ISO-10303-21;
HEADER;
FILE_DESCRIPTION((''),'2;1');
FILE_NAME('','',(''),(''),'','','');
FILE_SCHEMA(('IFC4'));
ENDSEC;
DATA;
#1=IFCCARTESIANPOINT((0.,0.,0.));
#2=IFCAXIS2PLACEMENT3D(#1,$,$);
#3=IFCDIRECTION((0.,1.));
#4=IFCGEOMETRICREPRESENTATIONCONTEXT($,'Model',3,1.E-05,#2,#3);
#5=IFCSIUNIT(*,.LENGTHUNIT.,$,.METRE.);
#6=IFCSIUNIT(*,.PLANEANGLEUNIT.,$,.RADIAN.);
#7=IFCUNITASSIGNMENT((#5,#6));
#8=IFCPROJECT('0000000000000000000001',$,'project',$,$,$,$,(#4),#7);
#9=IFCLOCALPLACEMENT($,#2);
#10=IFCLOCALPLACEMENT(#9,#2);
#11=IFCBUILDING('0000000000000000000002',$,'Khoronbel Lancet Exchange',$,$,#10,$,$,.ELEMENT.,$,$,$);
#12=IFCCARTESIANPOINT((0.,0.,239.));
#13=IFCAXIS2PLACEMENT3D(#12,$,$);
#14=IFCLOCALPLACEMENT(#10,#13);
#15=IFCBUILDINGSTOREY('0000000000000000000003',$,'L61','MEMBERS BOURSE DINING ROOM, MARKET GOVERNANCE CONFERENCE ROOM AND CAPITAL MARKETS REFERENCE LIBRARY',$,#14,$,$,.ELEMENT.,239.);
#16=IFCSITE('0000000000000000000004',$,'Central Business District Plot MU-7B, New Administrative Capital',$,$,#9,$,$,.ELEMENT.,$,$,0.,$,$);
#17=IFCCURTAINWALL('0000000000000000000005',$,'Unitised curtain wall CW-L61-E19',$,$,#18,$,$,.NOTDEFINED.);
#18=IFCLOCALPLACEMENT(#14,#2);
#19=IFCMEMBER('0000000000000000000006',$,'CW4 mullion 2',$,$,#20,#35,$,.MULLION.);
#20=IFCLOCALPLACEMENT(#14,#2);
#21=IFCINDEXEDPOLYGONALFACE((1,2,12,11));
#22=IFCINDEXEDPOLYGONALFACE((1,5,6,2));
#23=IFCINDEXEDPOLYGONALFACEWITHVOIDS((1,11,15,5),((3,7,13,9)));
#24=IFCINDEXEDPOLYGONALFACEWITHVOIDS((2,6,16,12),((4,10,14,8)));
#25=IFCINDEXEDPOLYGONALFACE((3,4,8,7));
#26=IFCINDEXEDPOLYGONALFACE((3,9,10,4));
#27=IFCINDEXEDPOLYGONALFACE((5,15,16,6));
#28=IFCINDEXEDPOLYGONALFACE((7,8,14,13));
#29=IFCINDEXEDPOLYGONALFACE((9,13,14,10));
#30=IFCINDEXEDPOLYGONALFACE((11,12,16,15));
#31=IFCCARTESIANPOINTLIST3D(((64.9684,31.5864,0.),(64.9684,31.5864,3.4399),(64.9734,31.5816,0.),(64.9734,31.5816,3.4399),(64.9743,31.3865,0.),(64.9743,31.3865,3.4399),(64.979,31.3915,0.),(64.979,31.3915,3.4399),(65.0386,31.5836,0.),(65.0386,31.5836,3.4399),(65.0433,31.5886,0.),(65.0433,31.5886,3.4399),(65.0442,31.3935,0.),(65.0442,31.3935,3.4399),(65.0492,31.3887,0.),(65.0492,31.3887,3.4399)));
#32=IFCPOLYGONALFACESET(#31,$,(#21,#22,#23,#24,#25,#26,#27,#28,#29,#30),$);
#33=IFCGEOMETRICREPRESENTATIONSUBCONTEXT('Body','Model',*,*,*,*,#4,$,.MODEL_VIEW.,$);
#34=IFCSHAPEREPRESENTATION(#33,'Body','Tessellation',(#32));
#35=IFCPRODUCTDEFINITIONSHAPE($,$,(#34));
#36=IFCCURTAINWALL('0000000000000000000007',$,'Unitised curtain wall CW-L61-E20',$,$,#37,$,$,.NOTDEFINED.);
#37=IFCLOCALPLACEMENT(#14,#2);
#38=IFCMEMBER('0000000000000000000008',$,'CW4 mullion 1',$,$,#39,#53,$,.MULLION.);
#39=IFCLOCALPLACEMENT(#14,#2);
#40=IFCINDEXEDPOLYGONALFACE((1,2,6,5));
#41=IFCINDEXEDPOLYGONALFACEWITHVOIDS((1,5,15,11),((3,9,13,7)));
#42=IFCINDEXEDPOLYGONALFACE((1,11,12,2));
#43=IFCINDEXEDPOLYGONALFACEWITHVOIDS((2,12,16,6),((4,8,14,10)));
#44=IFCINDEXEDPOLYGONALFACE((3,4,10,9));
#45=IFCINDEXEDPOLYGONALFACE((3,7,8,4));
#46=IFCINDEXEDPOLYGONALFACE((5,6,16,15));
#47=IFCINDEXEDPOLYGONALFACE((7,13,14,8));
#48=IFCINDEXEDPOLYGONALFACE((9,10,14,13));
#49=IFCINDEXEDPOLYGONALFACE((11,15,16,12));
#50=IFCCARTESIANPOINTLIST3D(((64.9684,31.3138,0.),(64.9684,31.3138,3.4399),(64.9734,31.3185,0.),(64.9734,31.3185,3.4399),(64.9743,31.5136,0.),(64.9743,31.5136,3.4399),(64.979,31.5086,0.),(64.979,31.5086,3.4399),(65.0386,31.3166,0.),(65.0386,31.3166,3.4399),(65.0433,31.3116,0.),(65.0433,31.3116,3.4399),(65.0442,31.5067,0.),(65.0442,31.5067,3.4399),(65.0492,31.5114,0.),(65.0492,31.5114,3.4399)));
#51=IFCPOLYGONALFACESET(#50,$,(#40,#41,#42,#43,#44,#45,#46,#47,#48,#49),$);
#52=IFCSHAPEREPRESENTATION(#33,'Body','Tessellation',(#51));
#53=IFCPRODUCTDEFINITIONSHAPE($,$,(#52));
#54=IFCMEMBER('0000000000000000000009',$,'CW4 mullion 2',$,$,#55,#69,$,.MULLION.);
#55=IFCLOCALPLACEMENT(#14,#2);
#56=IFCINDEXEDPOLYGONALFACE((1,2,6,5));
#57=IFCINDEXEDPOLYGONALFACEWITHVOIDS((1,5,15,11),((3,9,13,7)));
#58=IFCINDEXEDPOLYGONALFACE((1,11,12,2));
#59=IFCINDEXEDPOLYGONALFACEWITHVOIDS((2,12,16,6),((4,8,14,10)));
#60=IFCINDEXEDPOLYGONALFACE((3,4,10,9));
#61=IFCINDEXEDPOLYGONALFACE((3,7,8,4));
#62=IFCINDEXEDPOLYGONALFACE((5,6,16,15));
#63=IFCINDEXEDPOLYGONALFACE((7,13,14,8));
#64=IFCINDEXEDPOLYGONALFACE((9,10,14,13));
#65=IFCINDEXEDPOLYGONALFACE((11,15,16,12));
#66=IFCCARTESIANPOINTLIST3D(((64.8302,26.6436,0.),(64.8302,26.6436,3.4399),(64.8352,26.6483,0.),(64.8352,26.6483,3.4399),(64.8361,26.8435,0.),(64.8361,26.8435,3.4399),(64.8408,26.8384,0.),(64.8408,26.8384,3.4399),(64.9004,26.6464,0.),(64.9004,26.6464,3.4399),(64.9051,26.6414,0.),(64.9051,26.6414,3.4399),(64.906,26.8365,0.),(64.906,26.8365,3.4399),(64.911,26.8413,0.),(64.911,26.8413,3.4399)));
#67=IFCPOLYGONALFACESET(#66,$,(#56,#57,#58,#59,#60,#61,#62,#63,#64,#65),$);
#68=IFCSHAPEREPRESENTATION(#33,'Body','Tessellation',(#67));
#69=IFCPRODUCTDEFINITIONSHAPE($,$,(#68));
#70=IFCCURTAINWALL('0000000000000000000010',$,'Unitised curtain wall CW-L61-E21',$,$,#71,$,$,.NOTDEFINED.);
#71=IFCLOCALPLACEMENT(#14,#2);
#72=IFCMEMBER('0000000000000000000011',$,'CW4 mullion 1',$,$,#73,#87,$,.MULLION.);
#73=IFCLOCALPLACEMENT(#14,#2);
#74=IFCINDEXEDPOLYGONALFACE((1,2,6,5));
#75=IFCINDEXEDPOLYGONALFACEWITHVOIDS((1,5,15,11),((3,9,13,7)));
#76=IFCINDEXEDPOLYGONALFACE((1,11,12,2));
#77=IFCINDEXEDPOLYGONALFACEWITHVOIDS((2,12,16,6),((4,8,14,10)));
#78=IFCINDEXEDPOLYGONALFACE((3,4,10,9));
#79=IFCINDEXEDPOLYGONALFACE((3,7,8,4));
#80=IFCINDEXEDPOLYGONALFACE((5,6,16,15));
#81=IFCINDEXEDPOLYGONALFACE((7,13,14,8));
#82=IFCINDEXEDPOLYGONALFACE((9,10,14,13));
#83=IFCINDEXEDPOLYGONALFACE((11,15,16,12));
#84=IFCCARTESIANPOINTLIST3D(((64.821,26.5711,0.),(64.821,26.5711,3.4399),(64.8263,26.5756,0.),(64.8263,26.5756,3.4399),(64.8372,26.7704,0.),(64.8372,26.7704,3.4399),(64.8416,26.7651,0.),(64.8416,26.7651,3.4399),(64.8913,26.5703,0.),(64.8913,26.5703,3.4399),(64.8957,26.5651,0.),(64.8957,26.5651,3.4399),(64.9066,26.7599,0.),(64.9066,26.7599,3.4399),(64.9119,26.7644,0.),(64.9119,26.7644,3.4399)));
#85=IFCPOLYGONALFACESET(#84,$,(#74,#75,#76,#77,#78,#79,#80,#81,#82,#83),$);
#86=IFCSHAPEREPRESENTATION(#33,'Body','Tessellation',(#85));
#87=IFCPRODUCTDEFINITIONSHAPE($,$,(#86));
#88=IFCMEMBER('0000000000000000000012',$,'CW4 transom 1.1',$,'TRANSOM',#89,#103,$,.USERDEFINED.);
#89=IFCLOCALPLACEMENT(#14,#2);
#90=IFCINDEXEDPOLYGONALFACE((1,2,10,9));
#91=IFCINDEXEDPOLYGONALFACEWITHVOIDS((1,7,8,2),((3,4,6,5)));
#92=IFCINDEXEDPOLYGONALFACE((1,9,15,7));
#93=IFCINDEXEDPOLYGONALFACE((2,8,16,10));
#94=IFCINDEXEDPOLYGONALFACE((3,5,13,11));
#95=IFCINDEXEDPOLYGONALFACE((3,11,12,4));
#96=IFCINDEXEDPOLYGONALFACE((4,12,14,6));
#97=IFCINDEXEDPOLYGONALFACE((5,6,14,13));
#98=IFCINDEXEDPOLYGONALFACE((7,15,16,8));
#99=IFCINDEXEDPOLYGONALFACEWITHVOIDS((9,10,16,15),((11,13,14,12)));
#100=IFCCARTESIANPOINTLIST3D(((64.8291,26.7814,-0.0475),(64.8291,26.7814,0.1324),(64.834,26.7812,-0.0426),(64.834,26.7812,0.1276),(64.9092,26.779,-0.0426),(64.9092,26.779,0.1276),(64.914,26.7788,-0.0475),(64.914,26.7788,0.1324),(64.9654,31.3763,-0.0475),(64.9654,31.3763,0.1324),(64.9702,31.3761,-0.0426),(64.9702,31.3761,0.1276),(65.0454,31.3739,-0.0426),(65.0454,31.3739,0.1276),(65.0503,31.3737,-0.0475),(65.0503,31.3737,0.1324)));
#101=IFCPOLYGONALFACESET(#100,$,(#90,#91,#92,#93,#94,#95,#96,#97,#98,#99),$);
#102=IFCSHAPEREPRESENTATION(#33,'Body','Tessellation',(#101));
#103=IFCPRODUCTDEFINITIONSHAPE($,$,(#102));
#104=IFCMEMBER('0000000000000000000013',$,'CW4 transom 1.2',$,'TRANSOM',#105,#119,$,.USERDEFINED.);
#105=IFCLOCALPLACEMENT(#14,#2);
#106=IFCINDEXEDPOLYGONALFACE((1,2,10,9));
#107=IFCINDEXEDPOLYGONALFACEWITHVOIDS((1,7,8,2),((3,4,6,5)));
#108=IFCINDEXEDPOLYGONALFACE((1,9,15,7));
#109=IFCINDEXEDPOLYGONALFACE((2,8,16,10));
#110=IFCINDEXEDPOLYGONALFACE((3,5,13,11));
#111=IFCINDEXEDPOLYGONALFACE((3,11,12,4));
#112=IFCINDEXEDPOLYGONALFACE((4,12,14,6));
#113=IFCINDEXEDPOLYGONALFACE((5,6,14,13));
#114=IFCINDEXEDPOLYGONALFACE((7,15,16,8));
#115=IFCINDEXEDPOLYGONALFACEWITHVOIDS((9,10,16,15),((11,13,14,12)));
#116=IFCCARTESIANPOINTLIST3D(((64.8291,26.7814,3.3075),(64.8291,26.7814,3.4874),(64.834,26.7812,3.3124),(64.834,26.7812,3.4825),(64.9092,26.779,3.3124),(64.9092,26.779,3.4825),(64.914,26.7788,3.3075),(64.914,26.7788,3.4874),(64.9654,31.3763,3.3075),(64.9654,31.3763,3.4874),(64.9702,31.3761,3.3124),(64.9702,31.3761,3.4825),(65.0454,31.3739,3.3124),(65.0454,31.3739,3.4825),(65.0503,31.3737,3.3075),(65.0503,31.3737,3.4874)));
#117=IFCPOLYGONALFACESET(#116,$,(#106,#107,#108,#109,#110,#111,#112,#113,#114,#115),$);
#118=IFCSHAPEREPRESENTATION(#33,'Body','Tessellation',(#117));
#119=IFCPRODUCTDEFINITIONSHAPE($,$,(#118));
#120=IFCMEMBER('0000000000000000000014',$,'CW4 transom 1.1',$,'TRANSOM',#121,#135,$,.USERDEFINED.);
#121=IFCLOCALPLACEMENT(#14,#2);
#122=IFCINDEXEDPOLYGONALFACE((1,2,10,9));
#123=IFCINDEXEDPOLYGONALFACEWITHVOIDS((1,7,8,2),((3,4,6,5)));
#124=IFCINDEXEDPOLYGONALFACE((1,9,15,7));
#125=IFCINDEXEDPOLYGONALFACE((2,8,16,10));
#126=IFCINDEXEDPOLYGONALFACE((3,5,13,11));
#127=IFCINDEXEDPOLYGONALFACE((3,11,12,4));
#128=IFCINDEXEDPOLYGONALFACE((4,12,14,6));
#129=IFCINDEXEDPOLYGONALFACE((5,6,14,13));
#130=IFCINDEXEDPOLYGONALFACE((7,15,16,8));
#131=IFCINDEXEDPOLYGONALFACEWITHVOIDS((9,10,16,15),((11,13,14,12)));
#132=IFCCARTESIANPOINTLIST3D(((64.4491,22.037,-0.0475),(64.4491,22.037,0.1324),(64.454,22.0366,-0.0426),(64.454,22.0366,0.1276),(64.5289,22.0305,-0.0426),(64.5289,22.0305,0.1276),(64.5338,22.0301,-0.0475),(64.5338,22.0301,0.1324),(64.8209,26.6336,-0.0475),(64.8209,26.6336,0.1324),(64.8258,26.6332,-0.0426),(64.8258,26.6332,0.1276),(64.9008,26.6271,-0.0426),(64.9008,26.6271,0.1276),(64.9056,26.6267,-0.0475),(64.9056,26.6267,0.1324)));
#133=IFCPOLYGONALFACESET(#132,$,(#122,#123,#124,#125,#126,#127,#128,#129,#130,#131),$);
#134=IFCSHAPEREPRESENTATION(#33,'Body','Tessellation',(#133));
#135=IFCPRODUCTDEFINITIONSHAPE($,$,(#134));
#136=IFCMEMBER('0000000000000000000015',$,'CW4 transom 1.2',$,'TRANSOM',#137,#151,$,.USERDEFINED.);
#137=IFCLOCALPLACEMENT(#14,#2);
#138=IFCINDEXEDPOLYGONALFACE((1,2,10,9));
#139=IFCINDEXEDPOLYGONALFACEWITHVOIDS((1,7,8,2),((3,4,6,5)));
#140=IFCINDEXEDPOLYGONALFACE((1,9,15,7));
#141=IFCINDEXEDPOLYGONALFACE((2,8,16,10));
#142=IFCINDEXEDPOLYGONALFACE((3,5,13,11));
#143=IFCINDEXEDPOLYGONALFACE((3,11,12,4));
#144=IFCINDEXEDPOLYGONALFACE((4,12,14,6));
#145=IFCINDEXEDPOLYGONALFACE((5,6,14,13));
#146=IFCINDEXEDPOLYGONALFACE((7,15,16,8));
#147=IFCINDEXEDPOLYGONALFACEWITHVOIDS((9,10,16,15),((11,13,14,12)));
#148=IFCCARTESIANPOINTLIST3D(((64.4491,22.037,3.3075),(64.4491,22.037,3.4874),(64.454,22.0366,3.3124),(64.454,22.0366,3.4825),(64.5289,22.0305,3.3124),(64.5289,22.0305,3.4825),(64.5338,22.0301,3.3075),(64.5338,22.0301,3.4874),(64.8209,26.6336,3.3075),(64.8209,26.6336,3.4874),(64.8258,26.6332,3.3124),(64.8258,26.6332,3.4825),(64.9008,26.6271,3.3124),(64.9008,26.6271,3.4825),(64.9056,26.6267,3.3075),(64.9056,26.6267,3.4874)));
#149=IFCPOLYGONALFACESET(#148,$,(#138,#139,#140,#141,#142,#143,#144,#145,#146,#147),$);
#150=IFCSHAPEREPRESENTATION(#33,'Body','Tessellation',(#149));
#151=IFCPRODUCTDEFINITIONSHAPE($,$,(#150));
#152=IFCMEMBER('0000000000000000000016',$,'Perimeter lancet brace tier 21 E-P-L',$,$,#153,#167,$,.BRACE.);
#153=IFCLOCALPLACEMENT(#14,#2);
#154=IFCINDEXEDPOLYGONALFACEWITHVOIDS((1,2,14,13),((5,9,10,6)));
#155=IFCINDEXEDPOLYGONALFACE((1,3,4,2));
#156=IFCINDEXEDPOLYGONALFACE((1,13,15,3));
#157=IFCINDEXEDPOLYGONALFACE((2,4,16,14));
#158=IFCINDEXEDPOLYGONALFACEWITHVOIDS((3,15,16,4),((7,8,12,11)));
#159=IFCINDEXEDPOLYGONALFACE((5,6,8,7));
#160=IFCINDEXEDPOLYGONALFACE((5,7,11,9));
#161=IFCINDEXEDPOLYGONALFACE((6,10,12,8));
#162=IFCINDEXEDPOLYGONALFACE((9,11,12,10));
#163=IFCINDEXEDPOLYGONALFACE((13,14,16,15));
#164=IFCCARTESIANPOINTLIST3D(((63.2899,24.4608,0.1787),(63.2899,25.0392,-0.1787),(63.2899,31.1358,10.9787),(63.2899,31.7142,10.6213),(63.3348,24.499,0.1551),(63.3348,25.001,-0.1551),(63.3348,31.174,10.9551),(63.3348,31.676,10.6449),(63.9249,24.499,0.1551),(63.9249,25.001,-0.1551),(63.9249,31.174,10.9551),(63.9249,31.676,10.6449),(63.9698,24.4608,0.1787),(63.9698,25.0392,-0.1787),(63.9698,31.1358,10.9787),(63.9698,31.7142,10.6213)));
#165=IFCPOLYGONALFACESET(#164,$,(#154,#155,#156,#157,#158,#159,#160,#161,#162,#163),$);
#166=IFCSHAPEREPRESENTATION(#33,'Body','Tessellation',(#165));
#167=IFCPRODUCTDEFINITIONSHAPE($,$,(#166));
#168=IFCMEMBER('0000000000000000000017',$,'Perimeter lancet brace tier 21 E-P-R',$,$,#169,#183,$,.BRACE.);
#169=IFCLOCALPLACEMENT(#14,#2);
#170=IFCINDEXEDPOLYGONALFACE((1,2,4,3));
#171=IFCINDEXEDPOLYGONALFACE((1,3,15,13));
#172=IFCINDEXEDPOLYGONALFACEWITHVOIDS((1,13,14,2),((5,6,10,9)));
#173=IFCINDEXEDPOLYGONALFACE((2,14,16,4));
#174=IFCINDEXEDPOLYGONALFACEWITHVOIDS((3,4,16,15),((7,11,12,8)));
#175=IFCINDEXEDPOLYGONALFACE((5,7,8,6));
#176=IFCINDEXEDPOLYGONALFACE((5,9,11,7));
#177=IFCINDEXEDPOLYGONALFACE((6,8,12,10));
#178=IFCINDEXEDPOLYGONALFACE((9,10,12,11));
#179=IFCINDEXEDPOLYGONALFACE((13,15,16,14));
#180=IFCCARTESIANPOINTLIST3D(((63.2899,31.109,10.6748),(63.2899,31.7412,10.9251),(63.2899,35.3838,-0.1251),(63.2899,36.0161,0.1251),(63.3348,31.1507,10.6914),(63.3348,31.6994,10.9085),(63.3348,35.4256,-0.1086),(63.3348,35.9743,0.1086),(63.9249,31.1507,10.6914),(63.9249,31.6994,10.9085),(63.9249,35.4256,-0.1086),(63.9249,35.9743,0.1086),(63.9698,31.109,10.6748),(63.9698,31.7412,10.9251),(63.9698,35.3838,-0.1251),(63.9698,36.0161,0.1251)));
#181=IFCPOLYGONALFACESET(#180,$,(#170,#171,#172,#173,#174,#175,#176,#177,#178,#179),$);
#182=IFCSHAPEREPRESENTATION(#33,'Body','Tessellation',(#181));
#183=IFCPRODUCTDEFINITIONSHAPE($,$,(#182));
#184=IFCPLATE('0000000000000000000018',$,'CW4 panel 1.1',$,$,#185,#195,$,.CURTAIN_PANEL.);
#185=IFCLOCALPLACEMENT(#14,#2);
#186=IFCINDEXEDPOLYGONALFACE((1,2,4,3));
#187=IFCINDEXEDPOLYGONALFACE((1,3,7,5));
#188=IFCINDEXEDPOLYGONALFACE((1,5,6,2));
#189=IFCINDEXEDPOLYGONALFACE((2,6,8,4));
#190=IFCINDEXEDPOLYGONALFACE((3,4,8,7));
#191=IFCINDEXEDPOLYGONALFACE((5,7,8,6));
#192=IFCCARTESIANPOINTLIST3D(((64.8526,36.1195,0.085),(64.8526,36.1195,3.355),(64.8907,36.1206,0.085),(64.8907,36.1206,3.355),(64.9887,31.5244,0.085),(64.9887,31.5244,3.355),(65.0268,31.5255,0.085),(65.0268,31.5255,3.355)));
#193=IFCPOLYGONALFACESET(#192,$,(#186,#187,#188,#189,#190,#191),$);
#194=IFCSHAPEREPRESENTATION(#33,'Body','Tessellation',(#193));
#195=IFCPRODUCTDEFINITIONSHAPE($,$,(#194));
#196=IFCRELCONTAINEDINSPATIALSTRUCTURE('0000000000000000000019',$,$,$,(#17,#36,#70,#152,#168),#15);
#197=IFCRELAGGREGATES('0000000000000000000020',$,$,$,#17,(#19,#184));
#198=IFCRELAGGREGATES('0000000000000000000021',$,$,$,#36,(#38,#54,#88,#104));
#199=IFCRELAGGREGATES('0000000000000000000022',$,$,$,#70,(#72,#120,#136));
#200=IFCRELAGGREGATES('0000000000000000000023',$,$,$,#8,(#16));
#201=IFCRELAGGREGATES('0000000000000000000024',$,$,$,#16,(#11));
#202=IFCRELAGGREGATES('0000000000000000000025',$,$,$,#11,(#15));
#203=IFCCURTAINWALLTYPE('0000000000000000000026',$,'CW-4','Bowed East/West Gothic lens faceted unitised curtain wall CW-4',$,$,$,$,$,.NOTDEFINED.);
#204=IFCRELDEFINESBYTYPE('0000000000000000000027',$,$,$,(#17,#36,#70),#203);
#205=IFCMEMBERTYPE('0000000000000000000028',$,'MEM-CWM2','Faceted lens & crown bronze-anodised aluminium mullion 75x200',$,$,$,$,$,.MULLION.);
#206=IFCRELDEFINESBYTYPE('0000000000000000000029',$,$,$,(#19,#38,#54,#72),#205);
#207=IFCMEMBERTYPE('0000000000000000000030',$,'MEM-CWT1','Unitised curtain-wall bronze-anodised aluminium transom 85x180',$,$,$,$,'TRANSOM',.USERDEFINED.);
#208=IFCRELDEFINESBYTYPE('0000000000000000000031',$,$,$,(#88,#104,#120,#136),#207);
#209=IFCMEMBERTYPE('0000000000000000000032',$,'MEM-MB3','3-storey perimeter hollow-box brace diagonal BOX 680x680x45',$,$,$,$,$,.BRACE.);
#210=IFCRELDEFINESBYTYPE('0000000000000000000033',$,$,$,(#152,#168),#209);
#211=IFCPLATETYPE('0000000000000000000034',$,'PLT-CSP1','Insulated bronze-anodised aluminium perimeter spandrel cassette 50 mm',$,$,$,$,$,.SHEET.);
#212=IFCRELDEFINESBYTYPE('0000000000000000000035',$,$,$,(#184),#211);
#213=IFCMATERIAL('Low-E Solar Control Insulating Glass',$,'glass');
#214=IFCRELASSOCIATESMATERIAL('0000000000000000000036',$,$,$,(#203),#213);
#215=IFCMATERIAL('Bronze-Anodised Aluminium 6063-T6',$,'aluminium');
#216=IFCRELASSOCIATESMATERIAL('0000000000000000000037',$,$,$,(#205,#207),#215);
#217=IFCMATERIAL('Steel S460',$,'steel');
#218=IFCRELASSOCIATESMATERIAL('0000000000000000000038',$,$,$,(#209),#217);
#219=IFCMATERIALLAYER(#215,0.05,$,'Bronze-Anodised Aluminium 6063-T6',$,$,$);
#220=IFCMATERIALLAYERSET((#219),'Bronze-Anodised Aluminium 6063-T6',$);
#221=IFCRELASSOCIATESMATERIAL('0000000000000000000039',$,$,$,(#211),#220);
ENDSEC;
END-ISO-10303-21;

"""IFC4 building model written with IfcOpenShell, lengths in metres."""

from ifc_helpers import new_model, si_unit, direction, frame, origin, origin_2d, place, context, subcontext, project, spatial, rectangle, hollow_rectangle, extrude, material, layer, layer_set, material_profile, profile_set, type_object, element, aggregate, save


model = new_model("IFC4")

# Units and contexts
model_context = context("Model", 3, precision=1e-05, world=origin(), true_north=direction((0.0, 1.0)))
body_context = subcontext(model_context, "Body", "Model", "MODEL_VIEW")
ifc_project = project(units=[si_unit("LENGTHUNIT", "METRE"), si_unit("PLANEANGLEUNIT", "RADIAN")], contexts=[model_context])

# Site, building, storey
site_placement = place(None, origin())
site = spatial("IfcSite", under=ifc_project, at=site_placement, Name="Central Business District Plot MU-7B, New Administrative Capital", CompositionType="ELEMENT", RefElevation=0.0)
building_placement = place(site_placement, origin())
building = spatial("IfcBuilding", under=site, at=building_placement, Name="Khoronbel Lancet Exchange", CompositionType="ELEMENT")
storey_placement = place(building_placement, frame((0.0, 0.0, 239.0)))
storey = spatial("IfcBuildingStorey", under=building, at=storey_placement, Name="L61", Description="MEMBERS BOURSE DINING ROOM, MARKET GOVERNANCE CONFERENCE ROOM AND CAPITAL MARKETS REFERENCE LIBRARY", CompositionType="ELEMENT", Elevation=239.0)

# Curtain wall, member
ifc_material_1 = material(Name="Low-E Solar Control Insulating Glass", Category="glass")
curtain_wall_type = type_object("IfcCurtainWallType", Name="CW-4", Description="Bowed East/West Gothic lens faceted unitised curtain wall CW-4", PredefinedType="NOTDEFINED", material=ifc_material_1)
curtain_wall_1_placement = place(storey_placement, origin())
curtain_wall_1 = element("IfcCurtainWall", 1, at=curtain_wall_1_placement, inside=storey, type_object=curtain_wall_type, Name="Unitised curtain wall CW-L61-E19", PredefinedType="NOTDEFINED")
ifc_material_2 = material(Name="Bronze-Anodised Aluminium 6063-T6", Category="aluminium")
ifc_material_profile_1 = material_profile(ifc_material_2, hollow_rectangle(XDim=0.075, YDim=0.2, WallThickness=0.0049, at=origin_2d()), Name="ALU MULLION 75x200")
ifc_profile_set_1 = profile_set([ifc_material_profile_1], Name="Bronze-Anodised Aluminium 6063-T6")
member_type_1 = type_object("IfcMemberType", Name="MEM-CWM2", Description="Faceted lens & crown bronze-anodised aluminium mullion 75x200", PredefinedType="MULLION", material=ifc_profile_set_1)
member_1_placement = place(storey_placement, frame((65.0088, 31.4875, 0.0), z_axis=(0.0, 0.0, 1.0), x_axis=(0.999561, 0.029618, 0.0)))
member_1 = element("IfcMember", 2, at=member_1_placement, type_object=member_type_1, Name="CW4 mullion 2", PredefinedType="MULLION", context=body_context, shape_type="SweptSolid", body=[
    extrude(hollow_rectangle(XDim=0.075, YDim=0.2, WallThickness=0.0049, at=origin_2d()), origin(), (0.0, 0.0, 1.0), 3.4399),
])

# Curtain wall, members
curtain_wall_2_placement = place(storey_placement, origin())
curtain_wall_2 = element("IfcCurtainWall", 3, at=curtain_wall_2_placement, inside=storey, type_object=curtain_wall_type, Name="Unitised curtain wall CW-L61-E20", PredefinedType="NOTDEFINED")
member_2_placement = place(storey_placement, frame((65.0088, 31.4126, 0.0), z_axis=(0.0, 0.0, 1.0), x_axis=(0.999561, -0.029618, 0.0)))
member_2 = element("IfcMember", 4, at=member_2_placement, type_object=member_type_1, Name="CW4 mullion 1", PredefinedType="MULLION", context=body_context, shape_type="SweptSolid", body=[
    extrude(hollow_rectangle(XDim=0.075, YDim=0.2, WallThickness=0.0049, at=origin_2d()), origin(), (0.0, 0.0, 1.0), 3.4399),
])
member_3_placement = place(storey_placement, frame((64.8706, 26.7424, 0.0), z_axis=(0.0, 0.0, 1.0), x_axis=(0.999561, -0.029618, 0.0)))
member_3 = element("IfcMember", 5, at=member_3_placement, type_object=member_type_1, Name="CW4 mullion 2", PredefinedType="MULLION", context=body_context, shape_type="SweptSolid", body=[
    extrude(hollow_rectangle(XDim=0.075, YDim=0.2, WallThickness=0.0049, at=origin_2d()), origin(), (0.0, 0.0, 1.0), 3.4399),
])

# Curtain wall, member
curtain_wall_3_placement = place(storey_placement, origin())
curtain_wall_3 = element("IfcCurtainWall", 6, at=curtain_wall_3_placement, inside=storey, type_object=curtain_wall_type, Name="Unitised curtain wall CW-L61-E21", PredefinedType="NOTDEFINED")
member_4_placement = place(storey_placement, frame((64.8665, 26.6677, 0.0), z_axis=(0.0, 0.0, 1.0), x_axis=(0.996743, -0.08064, 0.0)))
member_4 = element("IfcMember", 7, at=member_4_placement, type_object=member_type_1, Name="CW4 mullion 1", PredefinedType="MULLION", context=body_context, shape_type="SweptSolid", body=[
    extrude(hollow_rectangle(XDim=0.075, YDim=0.2, WallThickness=0.0049, at=origin_2d()), origin(), (0.0, 0.0, 1.0), 3.4399),
])

# Members
ifc_material_profile_2 = material_profile(ifc_material_2, hollow_rectangle(XDim=0.085, YDim=0.1799, WallThickness=0.0049, at=origin_2d()), Name="ALU TRANSOM 85x180")
ifc_profile_set_2 = profile_set([ifc_material_profile_2], Name="Bronze-Anodised Aluminium 6063-T6")
member_type_2 = type_object("IfcMemberType", Name="MEM-CWT1", Description="Unitised curtain-wall bronze-anodised aluminium transom 85x180", ElementType="TRANSOM", PredefinedType="USERDEFINED", material=ifc_profile_set_2)
member_5_placement = place(storey_placement, frame((65.0078, 31.375, 0.0425), z_axis=(-0.029635, -0.999561, 0.0), x_axis=(0.999561, -0.029635, 0.0)))
member_5 = element("IfcMember", 8, at=member_5_placement, type_object=member_type_2, Name="CW4 transom 1.1", ObjectType="TRANSOM", PredefinedType="USERDEFINED", context=body_context, shape_type="SweptSolid", body=[
    extrude(hollow_rectangle(XDim=0.085, YDim=0.1799, WallThickness=0.0049, at=origin_2d()), origin(), (0.0, 0.0, 1.0), 4.5969),
])
member_6_placement = place(storey_placement, frame((65.0078, 31.375, 3.3975), z_axis=(-0.029635, -0.999561, 0.0), x_axis=(0.999561, -0.029635, 0.0)))
member_6 = element("IfcMember", 9, at=member_6_placement, type_object=member_type_2, Name="CW4 transom 1.2", ObjectType="TRANSOM", PredefinedType="USERDEFINED", context=body_context, shape_type="SweptSolid", body=[
    extrude(hollow_rectangle(XDim=0.085, YDim=0.1799, WallThickness=0.0049, at=origin_2d()), origin(), (0.0, 0.0, 1.0), 4.5969),
])
member_7_placement = place(storey_placement, frame((64.8633, 26.6301, 0.0425), z_axis=(-0.080627, -0.996744, 0.0), x_axis=(0.996744, -0.080627, 0.0)))
member_7 = element("IfcMember", 10, at=member_7_placement, type_object=member_type_2, Name="CW4 transom 1.1", ObjectType="TRANSOM", PredefinedType="USERDEFINED", context=body_context, shape_type="SweptSolid", body=[
    extrude(hollow_rectangle(XDim=0.085, YDim=0.1799, WallThickness=0.0049, at=origin_2d()), origin(), (0.0, 0.0, 1.0), 4.6116),
])
member_8_placement = place(storey_placement, frame((64.8633, 26.6301, 3.3975), z_axis=(-0.080627, -0.996744, 0.0), x_axis=(0.996744, -0.080627, 0.0)))
member_8 = element("IfcMember", 11, at=member_8_placement, type_object=member_type_2, Name="CW4 transom 1.2", ObjectType="TRANSOM", PredefinedType="USERDEFINED", context=body_context, shape_type="SweptSolid", body=[
    extrude(hollow_rectangle(XDim=0.085, YDim=0.1799, WallThickness=0.0049, at=origin_2d()), origin(), (0.0, 0.0, 1.0), 4.6116),
])

# Members
ifc_material_3 = material(Name="Steel S460", Category="steel")
ifc_material_profile_3 = material_profile(ifc_material_3, hollow_rectangle(XDim=0.6799, YDim=0.6799, WallThickness=0.0449, at=origin_2d()), Name="BOX 680x680x45")
ifc_profile_set_3 = profile_set([ifc_material_profile_3], Name="Steel S460")
member_type_3 = type_object("IfcMemberType", Name="MEM-MB3", Description="3-storey perimeter hollow-box brace diagonal BOX 680x680x45", PredefinedType="BRACE", material=ifc_profile_set_3)
member_9_placement = place(storey_placement, frame((63.6299, 24.75, 0.0), z_axis=(0.0, 0.525745, 0.850642), x_axis=(-1.0, 0.0, 0.0)))
element("IfcMember", 12, at=member_9_placement, inside=storey, type_object=member_type_3, Name="Perimeter lancet brace tier 21 E-P-L", PredefinedType="BRACE", context=body_context, shape_type="SweptSolid", body=[
    extrude(hollow_rectangle(XDim=0.6799, YDim=0.6799, WallThickness=0.0449, at=origin_2d()), origin(), (0.0, 0.0, 1.0), 12.6963),
])
member_10_placement = place(storey_placement, frame((63.6299, 35.7, 0.0), z_axis=(0.0, -0.36804, 0.92981), x_axis=(1.0, 0.0, 0.0)))
element("IfcMember", 13, at=member_10_placement, inside=storey, type_object=member_type_3, Name="Perimeter lancet brace tier 21 E-P-R", PredefinedType="BRACE", context=body_context, shape_type="SweptSolid", body=[
    extrude(hollow_rectangle(XDim=0.6799, YDim=0.6799, WallThickness=0.0449, at=origin_2d()), origin(), (0.0, 0.0, 1.0), 11.6152),
])

# Plate
ifc_layer_1 = layer(ifc_material_2, 0.05, Name="Bronze-Anodised Aluminium 6063-T6")
ifc_layer_set_1 = layer_set([ifc_layer_1], Name="Bronze-Anodised Aluminium 6063-T6")
plate_type_1 = type_object("IfcPlateType", Name="PLT-CSP1", Description="Insulated bronze-anodised aluminium perimeter spandrel cassette 50 mm", PredefinedType="SHEET", material=ifc_layer_set_1)
plate_1_placement = place(storey_placement, frame((64.9397, 33.8225, 0.085), z_axis=(0.0, 0.0, 1.0), x_axis=(0.029618, -0.999561, 0.0)))
plate_1 = element("IfcPlate", 14, at=plate_1_placement, type_object=plate_type_1, Name="CW4 panel 1.1", PredefinedType="CURTAIN_PANEL", context=body_context, shape_type="SweptSolid", body=[
    extrude(rectangle(XDim=4.5972, YDim=0.0381, at=origin_2d()), origin(), (0.0, 0.0, 1.0), 3.27),
])
aggregate(curtain_wall_1, [member_1, plate_1])
aggregate(curtain_wall_2, [member_2, member_3, member_5, member_6])
aggregate(curtain_wall_3, [member_4, member_7, member_8])

save(model, "model.ifc")
